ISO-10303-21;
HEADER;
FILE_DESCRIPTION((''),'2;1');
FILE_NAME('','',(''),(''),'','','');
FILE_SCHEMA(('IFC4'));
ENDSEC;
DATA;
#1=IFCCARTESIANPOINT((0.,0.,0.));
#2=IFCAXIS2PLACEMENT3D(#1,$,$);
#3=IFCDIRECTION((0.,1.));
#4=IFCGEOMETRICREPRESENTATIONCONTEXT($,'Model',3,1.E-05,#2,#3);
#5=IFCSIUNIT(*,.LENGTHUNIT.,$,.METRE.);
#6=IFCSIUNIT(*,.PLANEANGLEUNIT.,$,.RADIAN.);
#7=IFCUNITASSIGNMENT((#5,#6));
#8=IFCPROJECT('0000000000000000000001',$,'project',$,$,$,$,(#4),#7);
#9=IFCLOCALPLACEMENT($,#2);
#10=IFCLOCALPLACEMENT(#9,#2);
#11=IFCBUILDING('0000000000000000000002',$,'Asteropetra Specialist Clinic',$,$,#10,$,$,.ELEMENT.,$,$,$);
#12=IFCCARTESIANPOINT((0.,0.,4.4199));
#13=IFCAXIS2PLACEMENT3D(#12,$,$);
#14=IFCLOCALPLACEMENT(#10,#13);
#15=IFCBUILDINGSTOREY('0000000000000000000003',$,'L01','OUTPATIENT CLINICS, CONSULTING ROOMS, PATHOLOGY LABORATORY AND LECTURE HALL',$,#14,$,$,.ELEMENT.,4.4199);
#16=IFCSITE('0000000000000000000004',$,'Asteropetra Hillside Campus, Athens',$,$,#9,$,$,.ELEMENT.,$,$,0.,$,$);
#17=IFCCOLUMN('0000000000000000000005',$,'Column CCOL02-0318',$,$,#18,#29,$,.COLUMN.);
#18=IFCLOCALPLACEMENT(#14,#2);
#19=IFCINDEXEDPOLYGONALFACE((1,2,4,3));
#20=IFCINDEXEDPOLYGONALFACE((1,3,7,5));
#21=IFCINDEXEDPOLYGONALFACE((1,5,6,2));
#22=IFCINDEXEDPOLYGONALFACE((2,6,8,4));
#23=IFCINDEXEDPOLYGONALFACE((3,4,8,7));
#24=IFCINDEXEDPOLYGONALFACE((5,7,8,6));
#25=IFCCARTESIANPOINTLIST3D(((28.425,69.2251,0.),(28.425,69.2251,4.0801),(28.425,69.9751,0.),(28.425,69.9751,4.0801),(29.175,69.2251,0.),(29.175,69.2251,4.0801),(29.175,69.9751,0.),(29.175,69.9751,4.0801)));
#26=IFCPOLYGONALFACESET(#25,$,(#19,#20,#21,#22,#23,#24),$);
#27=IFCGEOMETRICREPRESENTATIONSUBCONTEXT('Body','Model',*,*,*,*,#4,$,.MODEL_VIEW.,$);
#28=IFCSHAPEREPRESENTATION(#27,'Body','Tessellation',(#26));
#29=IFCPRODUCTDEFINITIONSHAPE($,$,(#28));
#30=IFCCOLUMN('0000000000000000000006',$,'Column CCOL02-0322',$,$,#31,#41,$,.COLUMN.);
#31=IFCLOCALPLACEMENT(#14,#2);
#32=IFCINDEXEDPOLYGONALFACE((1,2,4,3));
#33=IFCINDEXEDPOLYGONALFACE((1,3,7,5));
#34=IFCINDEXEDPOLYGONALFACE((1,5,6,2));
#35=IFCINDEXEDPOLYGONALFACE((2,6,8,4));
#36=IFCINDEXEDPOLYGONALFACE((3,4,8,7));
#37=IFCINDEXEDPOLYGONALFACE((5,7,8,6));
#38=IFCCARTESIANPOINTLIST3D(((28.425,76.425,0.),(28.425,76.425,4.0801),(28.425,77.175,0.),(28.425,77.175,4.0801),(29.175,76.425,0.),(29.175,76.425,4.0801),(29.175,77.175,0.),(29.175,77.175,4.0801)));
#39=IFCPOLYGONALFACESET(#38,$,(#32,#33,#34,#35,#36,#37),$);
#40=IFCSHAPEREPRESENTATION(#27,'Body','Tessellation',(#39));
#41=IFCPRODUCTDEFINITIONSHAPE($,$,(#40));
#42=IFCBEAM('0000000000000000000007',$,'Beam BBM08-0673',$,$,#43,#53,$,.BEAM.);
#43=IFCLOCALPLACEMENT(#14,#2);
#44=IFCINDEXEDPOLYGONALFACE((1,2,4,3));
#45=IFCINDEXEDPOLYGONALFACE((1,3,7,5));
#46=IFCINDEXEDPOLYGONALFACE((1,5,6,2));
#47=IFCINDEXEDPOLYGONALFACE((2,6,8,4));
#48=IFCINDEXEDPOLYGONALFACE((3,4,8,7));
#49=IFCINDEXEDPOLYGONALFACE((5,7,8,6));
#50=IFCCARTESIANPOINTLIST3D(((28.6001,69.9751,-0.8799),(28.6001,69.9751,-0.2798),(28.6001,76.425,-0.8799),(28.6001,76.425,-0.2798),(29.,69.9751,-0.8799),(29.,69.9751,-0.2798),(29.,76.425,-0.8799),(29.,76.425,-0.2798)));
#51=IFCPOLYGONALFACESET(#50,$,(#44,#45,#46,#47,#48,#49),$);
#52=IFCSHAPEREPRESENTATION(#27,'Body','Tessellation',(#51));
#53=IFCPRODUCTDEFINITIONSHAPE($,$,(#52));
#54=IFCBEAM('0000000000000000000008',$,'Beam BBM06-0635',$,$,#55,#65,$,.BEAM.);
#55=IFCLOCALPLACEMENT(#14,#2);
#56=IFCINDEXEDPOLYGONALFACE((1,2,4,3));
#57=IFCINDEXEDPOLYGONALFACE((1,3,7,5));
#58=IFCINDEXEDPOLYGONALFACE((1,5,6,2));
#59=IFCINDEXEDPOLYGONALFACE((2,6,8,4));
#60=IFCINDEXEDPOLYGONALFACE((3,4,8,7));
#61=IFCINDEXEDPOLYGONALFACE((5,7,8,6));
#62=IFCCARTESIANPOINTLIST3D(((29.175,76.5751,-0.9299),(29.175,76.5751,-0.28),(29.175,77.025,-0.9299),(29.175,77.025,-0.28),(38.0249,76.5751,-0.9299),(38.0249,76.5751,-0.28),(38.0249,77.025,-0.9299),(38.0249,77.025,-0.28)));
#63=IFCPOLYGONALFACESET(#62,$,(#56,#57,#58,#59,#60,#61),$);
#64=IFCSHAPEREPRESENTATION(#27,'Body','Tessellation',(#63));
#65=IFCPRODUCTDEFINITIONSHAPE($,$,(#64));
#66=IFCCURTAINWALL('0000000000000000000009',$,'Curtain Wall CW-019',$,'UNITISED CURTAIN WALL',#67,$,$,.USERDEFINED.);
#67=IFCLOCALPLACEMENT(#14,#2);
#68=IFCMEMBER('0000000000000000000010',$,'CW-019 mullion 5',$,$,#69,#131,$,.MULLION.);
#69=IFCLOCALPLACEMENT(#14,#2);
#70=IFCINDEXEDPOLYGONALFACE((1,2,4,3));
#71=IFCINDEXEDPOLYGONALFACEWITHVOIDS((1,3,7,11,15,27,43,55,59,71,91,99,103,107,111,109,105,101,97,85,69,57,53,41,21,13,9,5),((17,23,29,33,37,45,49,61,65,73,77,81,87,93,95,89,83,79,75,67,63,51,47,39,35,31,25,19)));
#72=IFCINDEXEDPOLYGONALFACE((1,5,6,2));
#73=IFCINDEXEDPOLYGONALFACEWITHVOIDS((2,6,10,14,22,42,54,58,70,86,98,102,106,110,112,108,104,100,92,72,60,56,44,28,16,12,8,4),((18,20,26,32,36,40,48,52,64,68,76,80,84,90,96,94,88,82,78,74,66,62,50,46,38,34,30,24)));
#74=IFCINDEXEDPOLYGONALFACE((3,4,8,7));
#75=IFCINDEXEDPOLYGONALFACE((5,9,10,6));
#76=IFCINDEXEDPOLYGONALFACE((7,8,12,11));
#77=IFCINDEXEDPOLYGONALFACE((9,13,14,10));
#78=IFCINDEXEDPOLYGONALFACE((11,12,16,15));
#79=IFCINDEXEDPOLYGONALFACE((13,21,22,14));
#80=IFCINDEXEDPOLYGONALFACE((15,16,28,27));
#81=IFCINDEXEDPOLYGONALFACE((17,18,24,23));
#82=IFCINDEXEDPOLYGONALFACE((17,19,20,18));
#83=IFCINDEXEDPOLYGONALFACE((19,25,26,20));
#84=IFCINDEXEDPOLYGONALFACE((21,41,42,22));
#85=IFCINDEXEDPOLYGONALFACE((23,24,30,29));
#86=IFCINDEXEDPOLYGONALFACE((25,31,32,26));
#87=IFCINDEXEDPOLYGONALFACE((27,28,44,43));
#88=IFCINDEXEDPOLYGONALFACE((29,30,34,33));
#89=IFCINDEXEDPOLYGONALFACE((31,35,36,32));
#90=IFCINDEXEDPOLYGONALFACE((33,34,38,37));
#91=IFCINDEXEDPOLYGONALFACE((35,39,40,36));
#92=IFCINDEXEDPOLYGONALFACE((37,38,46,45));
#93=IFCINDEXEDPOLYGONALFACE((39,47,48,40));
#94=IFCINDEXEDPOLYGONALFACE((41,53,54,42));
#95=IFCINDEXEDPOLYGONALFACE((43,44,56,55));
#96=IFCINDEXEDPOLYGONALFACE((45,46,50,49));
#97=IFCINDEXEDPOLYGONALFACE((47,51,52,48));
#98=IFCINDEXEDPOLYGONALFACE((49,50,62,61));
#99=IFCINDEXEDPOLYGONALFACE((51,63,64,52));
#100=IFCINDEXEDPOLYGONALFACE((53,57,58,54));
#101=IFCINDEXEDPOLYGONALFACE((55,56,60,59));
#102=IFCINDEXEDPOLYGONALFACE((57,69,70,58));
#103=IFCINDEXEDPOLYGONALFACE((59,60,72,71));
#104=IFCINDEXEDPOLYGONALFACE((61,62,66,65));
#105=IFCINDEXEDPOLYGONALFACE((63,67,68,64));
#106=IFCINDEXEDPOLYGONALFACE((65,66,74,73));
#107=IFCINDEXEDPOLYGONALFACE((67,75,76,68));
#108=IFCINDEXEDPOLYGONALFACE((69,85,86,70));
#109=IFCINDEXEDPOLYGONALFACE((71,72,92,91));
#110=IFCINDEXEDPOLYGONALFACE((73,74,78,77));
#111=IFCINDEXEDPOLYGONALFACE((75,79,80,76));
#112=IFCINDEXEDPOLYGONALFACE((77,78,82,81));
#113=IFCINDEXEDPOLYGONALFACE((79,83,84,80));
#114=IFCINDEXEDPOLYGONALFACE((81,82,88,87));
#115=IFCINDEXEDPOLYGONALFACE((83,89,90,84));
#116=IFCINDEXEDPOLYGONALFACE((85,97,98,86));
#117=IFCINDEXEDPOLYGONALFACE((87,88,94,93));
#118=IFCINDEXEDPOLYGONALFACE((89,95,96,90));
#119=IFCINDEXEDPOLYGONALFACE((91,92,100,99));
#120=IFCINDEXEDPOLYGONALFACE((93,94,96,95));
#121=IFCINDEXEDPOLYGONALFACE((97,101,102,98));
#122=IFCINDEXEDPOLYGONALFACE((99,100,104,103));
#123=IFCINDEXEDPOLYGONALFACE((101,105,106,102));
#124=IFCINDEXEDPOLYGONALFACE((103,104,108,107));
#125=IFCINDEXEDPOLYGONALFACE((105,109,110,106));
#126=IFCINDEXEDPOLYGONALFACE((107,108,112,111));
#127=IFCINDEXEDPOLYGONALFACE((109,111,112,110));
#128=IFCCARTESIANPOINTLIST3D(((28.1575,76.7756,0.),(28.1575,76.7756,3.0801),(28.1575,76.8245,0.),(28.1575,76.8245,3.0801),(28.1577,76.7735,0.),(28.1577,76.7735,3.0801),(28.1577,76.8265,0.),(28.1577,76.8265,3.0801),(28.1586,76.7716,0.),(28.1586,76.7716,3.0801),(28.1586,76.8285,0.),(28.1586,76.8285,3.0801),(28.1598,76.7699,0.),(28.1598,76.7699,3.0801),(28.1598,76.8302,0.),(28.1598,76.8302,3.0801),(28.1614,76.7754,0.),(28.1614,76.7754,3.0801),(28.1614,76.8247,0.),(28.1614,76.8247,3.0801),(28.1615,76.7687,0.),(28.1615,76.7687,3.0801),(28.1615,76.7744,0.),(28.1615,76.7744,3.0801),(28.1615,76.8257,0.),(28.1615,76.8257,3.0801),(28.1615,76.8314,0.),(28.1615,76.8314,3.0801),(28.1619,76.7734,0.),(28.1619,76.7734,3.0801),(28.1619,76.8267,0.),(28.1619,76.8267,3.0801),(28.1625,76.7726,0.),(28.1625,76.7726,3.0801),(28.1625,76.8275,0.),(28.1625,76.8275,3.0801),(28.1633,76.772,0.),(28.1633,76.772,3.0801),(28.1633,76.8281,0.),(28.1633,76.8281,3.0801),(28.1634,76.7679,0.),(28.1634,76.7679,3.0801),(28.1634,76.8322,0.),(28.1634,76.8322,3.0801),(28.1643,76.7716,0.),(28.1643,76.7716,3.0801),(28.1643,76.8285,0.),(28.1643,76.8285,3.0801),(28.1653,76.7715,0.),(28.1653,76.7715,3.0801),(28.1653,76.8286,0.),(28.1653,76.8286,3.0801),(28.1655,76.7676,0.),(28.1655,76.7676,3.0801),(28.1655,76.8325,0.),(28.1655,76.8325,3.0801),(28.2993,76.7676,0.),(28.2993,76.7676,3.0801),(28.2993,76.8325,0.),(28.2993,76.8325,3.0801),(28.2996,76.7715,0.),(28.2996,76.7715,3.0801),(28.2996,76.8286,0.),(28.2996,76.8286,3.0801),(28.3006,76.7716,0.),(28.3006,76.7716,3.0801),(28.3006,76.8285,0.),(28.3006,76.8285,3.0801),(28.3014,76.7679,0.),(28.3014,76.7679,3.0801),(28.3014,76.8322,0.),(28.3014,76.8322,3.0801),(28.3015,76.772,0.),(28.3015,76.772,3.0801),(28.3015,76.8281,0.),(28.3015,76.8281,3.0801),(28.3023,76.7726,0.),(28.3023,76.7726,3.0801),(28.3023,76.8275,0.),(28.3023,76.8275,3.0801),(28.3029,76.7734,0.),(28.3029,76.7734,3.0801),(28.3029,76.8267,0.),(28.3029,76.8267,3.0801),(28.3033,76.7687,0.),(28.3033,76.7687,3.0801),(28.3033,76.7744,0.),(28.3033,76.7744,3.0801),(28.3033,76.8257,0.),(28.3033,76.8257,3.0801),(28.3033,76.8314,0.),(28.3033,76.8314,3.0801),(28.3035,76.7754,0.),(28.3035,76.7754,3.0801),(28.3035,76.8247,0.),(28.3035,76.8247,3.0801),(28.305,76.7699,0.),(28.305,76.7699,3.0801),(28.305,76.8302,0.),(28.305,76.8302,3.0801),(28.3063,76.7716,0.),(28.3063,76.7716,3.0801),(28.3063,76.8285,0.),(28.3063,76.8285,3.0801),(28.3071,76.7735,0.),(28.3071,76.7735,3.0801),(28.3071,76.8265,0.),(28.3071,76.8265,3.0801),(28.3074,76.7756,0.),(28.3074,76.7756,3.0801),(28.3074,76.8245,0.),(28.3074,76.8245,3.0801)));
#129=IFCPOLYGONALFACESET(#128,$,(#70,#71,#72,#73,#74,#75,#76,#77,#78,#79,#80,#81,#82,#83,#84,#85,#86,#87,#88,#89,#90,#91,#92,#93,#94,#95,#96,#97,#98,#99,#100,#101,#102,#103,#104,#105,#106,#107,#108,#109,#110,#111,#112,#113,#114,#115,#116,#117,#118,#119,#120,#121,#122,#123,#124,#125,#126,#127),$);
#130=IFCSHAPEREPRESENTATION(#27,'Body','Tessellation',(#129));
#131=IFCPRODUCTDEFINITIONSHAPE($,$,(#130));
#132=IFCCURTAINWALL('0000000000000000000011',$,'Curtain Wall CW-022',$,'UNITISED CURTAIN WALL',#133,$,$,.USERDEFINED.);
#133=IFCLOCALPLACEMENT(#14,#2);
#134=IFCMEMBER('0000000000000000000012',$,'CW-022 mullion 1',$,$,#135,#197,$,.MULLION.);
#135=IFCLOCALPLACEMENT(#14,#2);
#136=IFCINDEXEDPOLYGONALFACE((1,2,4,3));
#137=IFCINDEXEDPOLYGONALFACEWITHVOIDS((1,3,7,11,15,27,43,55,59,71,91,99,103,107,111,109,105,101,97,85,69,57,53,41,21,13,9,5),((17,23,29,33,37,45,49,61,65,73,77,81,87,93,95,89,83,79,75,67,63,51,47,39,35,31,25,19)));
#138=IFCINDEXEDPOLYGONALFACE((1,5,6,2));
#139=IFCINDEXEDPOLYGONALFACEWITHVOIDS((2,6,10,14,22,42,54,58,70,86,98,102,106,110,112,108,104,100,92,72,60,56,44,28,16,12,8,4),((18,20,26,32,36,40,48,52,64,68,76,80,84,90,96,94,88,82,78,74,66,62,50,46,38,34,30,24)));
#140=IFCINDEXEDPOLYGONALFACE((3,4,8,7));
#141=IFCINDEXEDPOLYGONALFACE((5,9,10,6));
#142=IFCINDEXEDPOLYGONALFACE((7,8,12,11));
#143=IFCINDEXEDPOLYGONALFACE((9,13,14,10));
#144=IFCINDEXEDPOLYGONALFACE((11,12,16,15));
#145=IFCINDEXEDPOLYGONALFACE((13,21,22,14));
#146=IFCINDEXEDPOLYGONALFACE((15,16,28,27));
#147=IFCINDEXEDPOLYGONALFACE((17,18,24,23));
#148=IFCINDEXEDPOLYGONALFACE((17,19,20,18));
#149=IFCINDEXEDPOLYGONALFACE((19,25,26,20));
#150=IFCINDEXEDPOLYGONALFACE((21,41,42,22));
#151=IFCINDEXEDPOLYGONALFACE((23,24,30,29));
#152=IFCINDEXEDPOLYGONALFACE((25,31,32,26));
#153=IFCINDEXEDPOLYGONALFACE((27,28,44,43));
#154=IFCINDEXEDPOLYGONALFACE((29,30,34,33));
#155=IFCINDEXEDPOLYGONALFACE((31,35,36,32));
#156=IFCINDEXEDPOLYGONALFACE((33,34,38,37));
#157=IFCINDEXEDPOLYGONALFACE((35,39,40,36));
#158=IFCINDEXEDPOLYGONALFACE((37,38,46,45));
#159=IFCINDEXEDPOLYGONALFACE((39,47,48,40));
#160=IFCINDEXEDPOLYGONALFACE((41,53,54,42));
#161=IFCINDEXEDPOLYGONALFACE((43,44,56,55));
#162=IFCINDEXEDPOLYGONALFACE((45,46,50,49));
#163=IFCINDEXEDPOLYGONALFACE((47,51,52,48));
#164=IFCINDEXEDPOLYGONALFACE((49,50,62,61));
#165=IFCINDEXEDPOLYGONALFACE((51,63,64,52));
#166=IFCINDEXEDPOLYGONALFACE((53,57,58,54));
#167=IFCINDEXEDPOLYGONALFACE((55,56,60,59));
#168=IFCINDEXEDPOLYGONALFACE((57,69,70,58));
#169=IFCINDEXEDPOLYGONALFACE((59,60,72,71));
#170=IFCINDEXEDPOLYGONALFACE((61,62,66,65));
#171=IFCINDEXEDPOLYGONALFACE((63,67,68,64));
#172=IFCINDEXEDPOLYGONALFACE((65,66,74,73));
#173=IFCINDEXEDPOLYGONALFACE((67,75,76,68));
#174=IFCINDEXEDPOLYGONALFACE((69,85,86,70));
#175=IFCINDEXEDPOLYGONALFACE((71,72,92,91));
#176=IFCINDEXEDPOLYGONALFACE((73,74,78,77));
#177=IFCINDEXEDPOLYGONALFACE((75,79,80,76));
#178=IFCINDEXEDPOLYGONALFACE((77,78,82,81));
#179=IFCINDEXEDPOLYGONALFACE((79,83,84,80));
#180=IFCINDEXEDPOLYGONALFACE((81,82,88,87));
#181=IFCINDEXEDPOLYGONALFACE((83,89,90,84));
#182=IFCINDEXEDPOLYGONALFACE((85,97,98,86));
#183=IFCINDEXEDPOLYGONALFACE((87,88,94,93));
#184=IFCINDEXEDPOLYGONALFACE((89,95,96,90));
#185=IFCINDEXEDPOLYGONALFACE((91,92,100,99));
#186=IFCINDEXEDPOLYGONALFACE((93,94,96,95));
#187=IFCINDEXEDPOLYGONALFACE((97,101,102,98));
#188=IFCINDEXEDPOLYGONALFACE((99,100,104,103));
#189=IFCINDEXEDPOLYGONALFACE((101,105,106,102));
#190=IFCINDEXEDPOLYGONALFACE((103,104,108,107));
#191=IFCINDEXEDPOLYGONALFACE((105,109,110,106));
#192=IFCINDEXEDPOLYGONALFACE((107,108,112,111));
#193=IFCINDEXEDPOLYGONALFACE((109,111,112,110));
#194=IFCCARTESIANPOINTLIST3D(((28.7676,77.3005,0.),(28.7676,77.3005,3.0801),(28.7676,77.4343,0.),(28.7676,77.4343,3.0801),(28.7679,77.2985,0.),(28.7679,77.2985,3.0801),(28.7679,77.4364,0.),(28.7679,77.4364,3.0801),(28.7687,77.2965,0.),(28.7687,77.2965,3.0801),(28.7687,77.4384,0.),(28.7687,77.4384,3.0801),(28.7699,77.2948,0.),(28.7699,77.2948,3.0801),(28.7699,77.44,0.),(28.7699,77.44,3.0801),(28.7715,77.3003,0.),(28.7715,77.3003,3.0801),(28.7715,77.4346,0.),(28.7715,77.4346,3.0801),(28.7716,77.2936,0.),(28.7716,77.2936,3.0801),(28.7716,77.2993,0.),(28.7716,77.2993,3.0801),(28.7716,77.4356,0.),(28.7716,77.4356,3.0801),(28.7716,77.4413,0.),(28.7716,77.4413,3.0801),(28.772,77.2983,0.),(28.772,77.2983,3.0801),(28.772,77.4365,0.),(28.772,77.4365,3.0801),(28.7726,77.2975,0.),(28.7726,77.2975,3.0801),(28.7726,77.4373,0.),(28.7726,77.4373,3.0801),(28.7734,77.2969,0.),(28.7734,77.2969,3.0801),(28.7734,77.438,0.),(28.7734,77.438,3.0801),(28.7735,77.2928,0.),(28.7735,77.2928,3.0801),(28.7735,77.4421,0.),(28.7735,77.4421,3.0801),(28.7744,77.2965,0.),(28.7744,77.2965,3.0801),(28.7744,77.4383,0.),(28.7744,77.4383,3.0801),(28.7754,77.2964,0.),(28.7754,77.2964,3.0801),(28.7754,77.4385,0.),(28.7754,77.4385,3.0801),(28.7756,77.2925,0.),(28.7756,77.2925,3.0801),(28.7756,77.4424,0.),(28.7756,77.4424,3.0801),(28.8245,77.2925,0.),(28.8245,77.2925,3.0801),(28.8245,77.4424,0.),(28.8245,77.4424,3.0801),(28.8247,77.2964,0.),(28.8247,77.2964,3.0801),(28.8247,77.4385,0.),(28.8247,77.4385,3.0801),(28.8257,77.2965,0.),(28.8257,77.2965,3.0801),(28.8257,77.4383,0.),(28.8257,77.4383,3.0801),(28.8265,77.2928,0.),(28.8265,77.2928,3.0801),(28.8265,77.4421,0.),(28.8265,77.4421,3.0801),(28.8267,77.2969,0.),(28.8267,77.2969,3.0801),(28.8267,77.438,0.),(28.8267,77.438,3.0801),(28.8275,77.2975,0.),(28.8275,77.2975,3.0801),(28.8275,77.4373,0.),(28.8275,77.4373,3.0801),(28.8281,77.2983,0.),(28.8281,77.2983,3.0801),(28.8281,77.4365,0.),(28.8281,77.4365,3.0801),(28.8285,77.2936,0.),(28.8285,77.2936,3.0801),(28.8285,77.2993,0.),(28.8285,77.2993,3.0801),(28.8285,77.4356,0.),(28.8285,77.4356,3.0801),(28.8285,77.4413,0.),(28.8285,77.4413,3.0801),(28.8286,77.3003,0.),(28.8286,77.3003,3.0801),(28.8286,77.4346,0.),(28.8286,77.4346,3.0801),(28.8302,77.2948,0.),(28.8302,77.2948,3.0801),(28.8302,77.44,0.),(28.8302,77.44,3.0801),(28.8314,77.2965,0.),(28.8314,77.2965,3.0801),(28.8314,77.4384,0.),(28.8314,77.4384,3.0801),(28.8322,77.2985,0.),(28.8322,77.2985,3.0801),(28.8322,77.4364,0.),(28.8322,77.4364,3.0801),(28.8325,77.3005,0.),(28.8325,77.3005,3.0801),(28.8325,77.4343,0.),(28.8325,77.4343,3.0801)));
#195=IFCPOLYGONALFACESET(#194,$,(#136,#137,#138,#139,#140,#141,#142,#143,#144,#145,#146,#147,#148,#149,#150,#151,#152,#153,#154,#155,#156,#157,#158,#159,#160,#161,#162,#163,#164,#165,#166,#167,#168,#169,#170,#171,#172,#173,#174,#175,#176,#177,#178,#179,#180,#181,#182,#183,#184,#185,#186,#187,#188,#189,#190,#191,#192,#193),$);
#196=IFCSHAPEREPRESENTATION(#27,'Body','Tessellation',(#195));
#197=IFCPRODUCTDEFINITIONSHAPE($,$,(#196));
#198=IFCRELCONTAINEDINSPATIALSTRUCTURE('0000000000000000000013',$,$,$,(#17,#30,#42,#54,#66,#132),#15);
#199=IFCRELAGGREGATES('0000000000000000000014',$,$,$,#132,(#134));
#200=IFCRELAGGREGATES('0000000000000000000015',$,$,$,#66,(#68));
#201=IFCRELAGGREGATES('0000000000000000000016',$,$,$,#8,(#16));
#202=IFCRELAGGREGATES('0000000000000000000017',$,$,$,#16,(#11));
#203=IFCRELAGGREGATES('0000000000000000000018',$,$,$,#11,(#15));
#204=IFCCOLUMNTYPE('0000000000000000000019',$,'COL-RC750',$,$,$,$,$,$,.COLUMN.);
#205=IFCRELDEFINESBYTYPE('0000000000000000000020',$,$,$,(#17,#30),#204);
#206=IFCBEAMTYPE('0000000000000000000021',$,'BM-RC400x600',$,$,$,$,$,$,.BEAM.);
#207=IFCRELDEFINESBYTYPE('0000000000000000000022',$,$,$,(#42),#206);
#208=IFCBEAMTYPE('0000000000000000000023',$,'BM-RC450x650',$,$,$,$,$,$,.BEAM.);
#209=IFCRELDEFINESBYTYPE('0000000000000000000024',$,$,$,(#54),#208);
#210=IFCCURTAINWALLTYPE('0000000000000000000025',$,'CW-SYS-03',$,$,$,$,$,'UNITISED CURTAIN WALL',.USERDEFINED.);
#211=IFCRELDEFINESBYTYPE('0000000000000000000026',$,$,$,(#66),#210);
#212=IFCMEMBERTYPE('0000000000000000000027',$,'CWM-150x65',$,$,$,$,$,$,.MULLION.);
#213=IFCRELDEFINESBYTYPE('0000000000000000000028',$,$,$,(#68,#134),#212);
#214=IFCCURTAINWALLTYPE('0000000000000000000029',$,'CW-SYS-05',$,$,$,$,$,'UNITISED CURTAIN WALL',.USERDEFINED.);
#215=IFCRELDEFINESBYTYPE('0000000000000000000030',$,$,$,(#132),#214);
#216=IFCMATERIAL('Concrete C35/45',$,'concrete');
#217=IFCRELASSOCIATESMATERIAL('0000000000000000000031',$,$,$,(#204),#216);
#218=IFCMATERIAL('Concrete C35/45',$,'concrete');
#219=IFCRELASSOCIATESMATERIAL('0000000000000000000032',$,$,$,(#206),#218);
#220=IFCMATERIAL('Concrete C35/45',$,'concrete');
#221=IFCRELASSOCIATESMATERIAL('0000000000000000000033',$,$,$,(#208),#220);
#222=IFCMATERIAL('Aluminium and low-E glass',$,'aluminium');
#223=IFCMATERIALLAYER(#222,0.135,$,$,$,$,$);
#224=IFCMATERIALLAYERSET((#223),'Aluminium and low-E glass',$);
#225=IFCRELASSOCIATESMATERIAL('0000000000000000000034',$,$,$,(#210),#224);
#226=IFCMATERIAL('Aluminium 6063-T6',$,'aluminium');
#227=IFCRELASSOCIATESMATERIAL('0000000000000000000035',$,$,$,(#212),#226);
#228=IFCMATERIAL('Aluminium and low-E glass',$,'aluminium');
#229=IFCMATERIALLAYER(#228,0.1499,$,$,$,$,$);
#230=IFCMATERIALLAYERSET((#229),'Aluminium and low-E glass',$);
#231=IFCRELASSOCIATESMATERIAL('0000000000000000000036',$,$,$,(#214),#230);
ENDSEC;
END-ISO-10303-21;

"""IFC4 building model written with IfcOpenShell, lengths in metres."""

from ifc_helpers import new_model, si_unit, direction, frame, origin, origin_2d, place, context, subcontext, project, spatial, rectangle, hollow_rectangle, extrude, material, layer, layer_set, material_profile, profile_set, type_object, element, aggregate, save


model = new_model("IFC4")

# Units and contexts
model_context = context("Model", 3, precision=1e-05, world=origin(), true_north=direction((0.0, 1.0)))
body_context = subcontext(model_context, "Body", "Model", "MODEL_VIEW")
ifc_project = project(units=[si_unit("LENGTHUNIT", "METRE"), si_unit("PLANEANGLEUNIT", "RADIAN")], contexts=[model_context])

# Site, building, storey
site_placement = place(None, origin())
site = spatial("IfcSite", under=ifc_project, at=site_placement, Name="Asteropetra Hillside Campus, Athens", CompositionType="ELEMENT", RefElevation=0.0)
building_placement = place(site_placement, origin())
building = spatial("IfcBuilding", under=site, at=building_placement, Name="Asteropetra Specialist Clinic", CompositionType="ELEMENT")
storey_placement = place(building_placement, frame((0.0, 0.0, 4.4199)))
storey = spatial("IfcBuildingStorey", under=building, at=storey_placement, Name="L01", Description="OUTPATIENT CLINICS, CONSULTING ROOMS, PATHOLOGY LABORATORY AND LECTURE HALL", CompositionType="ELEMENT", Elevation=4.4199)

# Columns
ifc_material_1 = material(Name="Concrete C35/45", Category="concrete")
ifc_material_profile_1 = material_profile(ifc_material_1, rectangle(XDim=0.75, YDim=0.75, at=origin_2d()), Name="RC 750x750")
ifc_profile_set_1 = profile_set([ifc_material_profile_1], Name="Concrete C35/45")
column_type = type_object("IfcColumnType", Name="COL-RC750", PredefinedType="COLUMN", material=ifc_profile_set_1)
for number, where, z_axis, x_axis, name in (
    (1, (28.8, 69.6001, 0.0), (0.0, 0.0, 1.0), (1.0, 0.0, 0.0), "Column CCOL02-0318"),
    (2, (28.8, 76.8, 0.0), (0.0, 0.0, 1.0), (1.0, 0.0, 0.0), "Column CCOL02-0322"),
):
    element("IfcColumn", number, at=place(storey_placement, frame(where, z_axis=z_axis, x_axis=x_axis)), inside=storey, type_object=column_type, Name=name, PredefinedType="COLUMN", context=body_context, shape_type="SweptSolid", body=[
        extrude(rectangle(XDim=0.75, YDim=0.75, at=origin_2d()), origin(), (0.0, 0.0, 1.0), 4.0801),
    ])

# Beams
ifc_material_2 = material(Name="Concrete C35/45", Category="concrete")
ifc_material_profile_2 = material_profile(ifc_material_2, rectangle(XDim=0.3999, YDim=0.6001, at=origin_2d()), Name="RCB 400x600")
ifc_profile_set_2 = profile_set([ifc_material_profile_2], Name="Concrete C35/45")
beam_type_1 = type_object("IfcBeamType", Name="BM-RC400x600", PredefinedType="BEAM", material=ifc_profile_set_2)
beam_1_placement = place(storey_placement, frame((28.8, 69.9751, -0.5798), z_axis=(0.0, 1.0, 0.0), x_axis=(-1.0, 0.0, 0.0)))
element("IfcBeam", 3, at=beam_1_placement, inside=storey, type_object=beam_type_1, Name="Beam BBM08-0673", PredefinedType="BEAM", context=body_context, shape_type="SweptSolid", body=[
    extrude(rectangle(XDim=0.3999, YDim=0.6001, at=origin_2d()), origin(), (0.0, 0.0, 1.0), 6.45),
])
ifc_material_3 = material(Name="Concrete C35/45", Category="concrete")
ifc_material_profile_3 = material_profile(ifc_material_3, rectangle(XDim=0.45, YDim=0.6499, at=origin_2d()), Name="RCB 450x650")
ifc_profile_set_3 = profile_set([ifc_material_profile_3], Name="Concrete C35/45")
beam_type_2 = type_object("IfcBeamType", Name="BM-RC450x650", PredefinedType="BEAM", material=ifc_profile_set_3)
beam_2_placement = place(storey_placement, frame((29.175, 76.8, -0.605), z_axis=(1.0, 0.0, 0.0), x_axis=(0.0, 1.0, 0.0)))
element("IfcBeam", 4, at=beam_2_placement, inside=storey, type_object=beam_type_2, Name="Beam BBM06-0635", PredefinedType="BEAM", context=body_context, shape_type="SweptSolid", body=[
    extrude(rectangle(XDim=0.45, YDim=0.6499, at=origin_2d()), origin(), (0.0, 0.0, 1.0), 8.8499),
])

# Curtain walls, members
ifc_material_4 = material(Name="Aluminium and low-E glass", Category="aluminium")
ifc_layer_1 = layer(ifc_material_4, 0.135)
ifc_layer_set_1 = layer_set([ifc_layer_1], Name="Aluminium and low-E glass")
curtain_wall_type_1 = type_object("IfcCurtainWallType", Name="CW-SYS-03", ElementType="UNITISED CURTAIN WALL", PredefinedType="USERDEFINED", material=ifc_layer_set_1)
curtain_wall_1_placement = place(storey_placement, origin())
curtain_wall_1 = element("IfcCurtainWall", 5, at=curtain_wall_1_placement, inside=storey, type_object=curtain_wall_type_1, Name="Curtain Wall CW-019", ObjectType="UNITISED CURTAIN WALL", PredefinedType="USERDEFINED")
ifc_material_5 = material(Name="Aluminium 6063-T6", Category="aluminium")
ifc_material_profile_4 = material_profile(ifc_material_5, hollow_rectangle(XDim=0.0649, YDim=0.1499, WallThickness=0.0039, InnerFilletRadius=0.0039, OuterFilletRadius=0.0081, at=origin_2d()), Name="MUL 150x65x4.0")
ifc_profile_set_4 = profile_set([ifc_material_profile_4], Name="Aluminium 6063-T6")
member_type_1 = type_object("IfcMemberType", Name="CWM-150x65", PredefinedType="MULLION", material=ifc_profile_set_4)
member_1_placement = place(storey_placement, frame((28.2324, 76.8, 0.0), z_axis=(0.0, 0.0, 1.0), x_axis=(0.0, 1.0, 0.0)))
member_1 = element("IfcMember", 6, at=member_1_placement, type_object=member_type_1, Name="CW-019 mullion 5", PredefinedType="MULLION", context=body_context, shape_type="SweptSolid", body=[
    extrude(hollow_rectangle(XDim=0.0649, YDim=0.1499, WallThickness=0.0039, InnerFilletRadius=0.0039, OuterFilletRadius=0.0081, at=origin_2d()), origin(), (0.0, 0.0, 1.0), 3.0801),
])
ifc_material_6 = material(Name="Aluminium and low-E glass", Category="aluminium")
ifc_layer_2 = layer(ifc_material_6, 0.1499)
ifc_layer_set_2 = layer_set([ifc_layer_2], Name="Aluminium and low-E glass")
curtain_wall_type_2 = type_object("IfcCurtainWallType", Name="CW-SYS-05", ElementType="UNITISED CURTAIN WALL", PredefinedType="USERDEFINED", material=ifc_layer_set_2)
curtain_wall_2_placement = place(storey_placement, origin())
curtain_wall_2 = element("IfcCurtainWall", 7, at=curtain_wall_2_placement, inside=storey, type_object=curtain_wall_type_2, Name="Curtain Wall CW-022", ObjectType="UNITISED CURTAIN WALL", PredefinedType="USERDEFINED")
member_2_placement = place(storey_placement, frame((28.8, 77.3674, 0.0), z_axis=(0.0, 0.0, 1.0), x_axis=(-1.0, 0.0, 0.0)))
member_2 = element("IfcMember", 8, at=member_2_placement, type_object=member_type_1, Name="CW-022 mullion 1", PredefinedType="MULLION", context=body_context, shape_type="SweptSolid", body=[
    extrude(hollow_rectangle(XDim=0.0649, YDim=0.1499, WallThickness=0.0039, InnerFilletRadius=0.0039, OuterFilletRadius=0.0081, at=origin_2d()), origin(), (0.0, 0.0, 1.0), 3.0801),
])

aggregate(curtain_wall_2, [member_2])
aggregate(curtain_wall_1, [member_1])

save(model, "model.ifc")
